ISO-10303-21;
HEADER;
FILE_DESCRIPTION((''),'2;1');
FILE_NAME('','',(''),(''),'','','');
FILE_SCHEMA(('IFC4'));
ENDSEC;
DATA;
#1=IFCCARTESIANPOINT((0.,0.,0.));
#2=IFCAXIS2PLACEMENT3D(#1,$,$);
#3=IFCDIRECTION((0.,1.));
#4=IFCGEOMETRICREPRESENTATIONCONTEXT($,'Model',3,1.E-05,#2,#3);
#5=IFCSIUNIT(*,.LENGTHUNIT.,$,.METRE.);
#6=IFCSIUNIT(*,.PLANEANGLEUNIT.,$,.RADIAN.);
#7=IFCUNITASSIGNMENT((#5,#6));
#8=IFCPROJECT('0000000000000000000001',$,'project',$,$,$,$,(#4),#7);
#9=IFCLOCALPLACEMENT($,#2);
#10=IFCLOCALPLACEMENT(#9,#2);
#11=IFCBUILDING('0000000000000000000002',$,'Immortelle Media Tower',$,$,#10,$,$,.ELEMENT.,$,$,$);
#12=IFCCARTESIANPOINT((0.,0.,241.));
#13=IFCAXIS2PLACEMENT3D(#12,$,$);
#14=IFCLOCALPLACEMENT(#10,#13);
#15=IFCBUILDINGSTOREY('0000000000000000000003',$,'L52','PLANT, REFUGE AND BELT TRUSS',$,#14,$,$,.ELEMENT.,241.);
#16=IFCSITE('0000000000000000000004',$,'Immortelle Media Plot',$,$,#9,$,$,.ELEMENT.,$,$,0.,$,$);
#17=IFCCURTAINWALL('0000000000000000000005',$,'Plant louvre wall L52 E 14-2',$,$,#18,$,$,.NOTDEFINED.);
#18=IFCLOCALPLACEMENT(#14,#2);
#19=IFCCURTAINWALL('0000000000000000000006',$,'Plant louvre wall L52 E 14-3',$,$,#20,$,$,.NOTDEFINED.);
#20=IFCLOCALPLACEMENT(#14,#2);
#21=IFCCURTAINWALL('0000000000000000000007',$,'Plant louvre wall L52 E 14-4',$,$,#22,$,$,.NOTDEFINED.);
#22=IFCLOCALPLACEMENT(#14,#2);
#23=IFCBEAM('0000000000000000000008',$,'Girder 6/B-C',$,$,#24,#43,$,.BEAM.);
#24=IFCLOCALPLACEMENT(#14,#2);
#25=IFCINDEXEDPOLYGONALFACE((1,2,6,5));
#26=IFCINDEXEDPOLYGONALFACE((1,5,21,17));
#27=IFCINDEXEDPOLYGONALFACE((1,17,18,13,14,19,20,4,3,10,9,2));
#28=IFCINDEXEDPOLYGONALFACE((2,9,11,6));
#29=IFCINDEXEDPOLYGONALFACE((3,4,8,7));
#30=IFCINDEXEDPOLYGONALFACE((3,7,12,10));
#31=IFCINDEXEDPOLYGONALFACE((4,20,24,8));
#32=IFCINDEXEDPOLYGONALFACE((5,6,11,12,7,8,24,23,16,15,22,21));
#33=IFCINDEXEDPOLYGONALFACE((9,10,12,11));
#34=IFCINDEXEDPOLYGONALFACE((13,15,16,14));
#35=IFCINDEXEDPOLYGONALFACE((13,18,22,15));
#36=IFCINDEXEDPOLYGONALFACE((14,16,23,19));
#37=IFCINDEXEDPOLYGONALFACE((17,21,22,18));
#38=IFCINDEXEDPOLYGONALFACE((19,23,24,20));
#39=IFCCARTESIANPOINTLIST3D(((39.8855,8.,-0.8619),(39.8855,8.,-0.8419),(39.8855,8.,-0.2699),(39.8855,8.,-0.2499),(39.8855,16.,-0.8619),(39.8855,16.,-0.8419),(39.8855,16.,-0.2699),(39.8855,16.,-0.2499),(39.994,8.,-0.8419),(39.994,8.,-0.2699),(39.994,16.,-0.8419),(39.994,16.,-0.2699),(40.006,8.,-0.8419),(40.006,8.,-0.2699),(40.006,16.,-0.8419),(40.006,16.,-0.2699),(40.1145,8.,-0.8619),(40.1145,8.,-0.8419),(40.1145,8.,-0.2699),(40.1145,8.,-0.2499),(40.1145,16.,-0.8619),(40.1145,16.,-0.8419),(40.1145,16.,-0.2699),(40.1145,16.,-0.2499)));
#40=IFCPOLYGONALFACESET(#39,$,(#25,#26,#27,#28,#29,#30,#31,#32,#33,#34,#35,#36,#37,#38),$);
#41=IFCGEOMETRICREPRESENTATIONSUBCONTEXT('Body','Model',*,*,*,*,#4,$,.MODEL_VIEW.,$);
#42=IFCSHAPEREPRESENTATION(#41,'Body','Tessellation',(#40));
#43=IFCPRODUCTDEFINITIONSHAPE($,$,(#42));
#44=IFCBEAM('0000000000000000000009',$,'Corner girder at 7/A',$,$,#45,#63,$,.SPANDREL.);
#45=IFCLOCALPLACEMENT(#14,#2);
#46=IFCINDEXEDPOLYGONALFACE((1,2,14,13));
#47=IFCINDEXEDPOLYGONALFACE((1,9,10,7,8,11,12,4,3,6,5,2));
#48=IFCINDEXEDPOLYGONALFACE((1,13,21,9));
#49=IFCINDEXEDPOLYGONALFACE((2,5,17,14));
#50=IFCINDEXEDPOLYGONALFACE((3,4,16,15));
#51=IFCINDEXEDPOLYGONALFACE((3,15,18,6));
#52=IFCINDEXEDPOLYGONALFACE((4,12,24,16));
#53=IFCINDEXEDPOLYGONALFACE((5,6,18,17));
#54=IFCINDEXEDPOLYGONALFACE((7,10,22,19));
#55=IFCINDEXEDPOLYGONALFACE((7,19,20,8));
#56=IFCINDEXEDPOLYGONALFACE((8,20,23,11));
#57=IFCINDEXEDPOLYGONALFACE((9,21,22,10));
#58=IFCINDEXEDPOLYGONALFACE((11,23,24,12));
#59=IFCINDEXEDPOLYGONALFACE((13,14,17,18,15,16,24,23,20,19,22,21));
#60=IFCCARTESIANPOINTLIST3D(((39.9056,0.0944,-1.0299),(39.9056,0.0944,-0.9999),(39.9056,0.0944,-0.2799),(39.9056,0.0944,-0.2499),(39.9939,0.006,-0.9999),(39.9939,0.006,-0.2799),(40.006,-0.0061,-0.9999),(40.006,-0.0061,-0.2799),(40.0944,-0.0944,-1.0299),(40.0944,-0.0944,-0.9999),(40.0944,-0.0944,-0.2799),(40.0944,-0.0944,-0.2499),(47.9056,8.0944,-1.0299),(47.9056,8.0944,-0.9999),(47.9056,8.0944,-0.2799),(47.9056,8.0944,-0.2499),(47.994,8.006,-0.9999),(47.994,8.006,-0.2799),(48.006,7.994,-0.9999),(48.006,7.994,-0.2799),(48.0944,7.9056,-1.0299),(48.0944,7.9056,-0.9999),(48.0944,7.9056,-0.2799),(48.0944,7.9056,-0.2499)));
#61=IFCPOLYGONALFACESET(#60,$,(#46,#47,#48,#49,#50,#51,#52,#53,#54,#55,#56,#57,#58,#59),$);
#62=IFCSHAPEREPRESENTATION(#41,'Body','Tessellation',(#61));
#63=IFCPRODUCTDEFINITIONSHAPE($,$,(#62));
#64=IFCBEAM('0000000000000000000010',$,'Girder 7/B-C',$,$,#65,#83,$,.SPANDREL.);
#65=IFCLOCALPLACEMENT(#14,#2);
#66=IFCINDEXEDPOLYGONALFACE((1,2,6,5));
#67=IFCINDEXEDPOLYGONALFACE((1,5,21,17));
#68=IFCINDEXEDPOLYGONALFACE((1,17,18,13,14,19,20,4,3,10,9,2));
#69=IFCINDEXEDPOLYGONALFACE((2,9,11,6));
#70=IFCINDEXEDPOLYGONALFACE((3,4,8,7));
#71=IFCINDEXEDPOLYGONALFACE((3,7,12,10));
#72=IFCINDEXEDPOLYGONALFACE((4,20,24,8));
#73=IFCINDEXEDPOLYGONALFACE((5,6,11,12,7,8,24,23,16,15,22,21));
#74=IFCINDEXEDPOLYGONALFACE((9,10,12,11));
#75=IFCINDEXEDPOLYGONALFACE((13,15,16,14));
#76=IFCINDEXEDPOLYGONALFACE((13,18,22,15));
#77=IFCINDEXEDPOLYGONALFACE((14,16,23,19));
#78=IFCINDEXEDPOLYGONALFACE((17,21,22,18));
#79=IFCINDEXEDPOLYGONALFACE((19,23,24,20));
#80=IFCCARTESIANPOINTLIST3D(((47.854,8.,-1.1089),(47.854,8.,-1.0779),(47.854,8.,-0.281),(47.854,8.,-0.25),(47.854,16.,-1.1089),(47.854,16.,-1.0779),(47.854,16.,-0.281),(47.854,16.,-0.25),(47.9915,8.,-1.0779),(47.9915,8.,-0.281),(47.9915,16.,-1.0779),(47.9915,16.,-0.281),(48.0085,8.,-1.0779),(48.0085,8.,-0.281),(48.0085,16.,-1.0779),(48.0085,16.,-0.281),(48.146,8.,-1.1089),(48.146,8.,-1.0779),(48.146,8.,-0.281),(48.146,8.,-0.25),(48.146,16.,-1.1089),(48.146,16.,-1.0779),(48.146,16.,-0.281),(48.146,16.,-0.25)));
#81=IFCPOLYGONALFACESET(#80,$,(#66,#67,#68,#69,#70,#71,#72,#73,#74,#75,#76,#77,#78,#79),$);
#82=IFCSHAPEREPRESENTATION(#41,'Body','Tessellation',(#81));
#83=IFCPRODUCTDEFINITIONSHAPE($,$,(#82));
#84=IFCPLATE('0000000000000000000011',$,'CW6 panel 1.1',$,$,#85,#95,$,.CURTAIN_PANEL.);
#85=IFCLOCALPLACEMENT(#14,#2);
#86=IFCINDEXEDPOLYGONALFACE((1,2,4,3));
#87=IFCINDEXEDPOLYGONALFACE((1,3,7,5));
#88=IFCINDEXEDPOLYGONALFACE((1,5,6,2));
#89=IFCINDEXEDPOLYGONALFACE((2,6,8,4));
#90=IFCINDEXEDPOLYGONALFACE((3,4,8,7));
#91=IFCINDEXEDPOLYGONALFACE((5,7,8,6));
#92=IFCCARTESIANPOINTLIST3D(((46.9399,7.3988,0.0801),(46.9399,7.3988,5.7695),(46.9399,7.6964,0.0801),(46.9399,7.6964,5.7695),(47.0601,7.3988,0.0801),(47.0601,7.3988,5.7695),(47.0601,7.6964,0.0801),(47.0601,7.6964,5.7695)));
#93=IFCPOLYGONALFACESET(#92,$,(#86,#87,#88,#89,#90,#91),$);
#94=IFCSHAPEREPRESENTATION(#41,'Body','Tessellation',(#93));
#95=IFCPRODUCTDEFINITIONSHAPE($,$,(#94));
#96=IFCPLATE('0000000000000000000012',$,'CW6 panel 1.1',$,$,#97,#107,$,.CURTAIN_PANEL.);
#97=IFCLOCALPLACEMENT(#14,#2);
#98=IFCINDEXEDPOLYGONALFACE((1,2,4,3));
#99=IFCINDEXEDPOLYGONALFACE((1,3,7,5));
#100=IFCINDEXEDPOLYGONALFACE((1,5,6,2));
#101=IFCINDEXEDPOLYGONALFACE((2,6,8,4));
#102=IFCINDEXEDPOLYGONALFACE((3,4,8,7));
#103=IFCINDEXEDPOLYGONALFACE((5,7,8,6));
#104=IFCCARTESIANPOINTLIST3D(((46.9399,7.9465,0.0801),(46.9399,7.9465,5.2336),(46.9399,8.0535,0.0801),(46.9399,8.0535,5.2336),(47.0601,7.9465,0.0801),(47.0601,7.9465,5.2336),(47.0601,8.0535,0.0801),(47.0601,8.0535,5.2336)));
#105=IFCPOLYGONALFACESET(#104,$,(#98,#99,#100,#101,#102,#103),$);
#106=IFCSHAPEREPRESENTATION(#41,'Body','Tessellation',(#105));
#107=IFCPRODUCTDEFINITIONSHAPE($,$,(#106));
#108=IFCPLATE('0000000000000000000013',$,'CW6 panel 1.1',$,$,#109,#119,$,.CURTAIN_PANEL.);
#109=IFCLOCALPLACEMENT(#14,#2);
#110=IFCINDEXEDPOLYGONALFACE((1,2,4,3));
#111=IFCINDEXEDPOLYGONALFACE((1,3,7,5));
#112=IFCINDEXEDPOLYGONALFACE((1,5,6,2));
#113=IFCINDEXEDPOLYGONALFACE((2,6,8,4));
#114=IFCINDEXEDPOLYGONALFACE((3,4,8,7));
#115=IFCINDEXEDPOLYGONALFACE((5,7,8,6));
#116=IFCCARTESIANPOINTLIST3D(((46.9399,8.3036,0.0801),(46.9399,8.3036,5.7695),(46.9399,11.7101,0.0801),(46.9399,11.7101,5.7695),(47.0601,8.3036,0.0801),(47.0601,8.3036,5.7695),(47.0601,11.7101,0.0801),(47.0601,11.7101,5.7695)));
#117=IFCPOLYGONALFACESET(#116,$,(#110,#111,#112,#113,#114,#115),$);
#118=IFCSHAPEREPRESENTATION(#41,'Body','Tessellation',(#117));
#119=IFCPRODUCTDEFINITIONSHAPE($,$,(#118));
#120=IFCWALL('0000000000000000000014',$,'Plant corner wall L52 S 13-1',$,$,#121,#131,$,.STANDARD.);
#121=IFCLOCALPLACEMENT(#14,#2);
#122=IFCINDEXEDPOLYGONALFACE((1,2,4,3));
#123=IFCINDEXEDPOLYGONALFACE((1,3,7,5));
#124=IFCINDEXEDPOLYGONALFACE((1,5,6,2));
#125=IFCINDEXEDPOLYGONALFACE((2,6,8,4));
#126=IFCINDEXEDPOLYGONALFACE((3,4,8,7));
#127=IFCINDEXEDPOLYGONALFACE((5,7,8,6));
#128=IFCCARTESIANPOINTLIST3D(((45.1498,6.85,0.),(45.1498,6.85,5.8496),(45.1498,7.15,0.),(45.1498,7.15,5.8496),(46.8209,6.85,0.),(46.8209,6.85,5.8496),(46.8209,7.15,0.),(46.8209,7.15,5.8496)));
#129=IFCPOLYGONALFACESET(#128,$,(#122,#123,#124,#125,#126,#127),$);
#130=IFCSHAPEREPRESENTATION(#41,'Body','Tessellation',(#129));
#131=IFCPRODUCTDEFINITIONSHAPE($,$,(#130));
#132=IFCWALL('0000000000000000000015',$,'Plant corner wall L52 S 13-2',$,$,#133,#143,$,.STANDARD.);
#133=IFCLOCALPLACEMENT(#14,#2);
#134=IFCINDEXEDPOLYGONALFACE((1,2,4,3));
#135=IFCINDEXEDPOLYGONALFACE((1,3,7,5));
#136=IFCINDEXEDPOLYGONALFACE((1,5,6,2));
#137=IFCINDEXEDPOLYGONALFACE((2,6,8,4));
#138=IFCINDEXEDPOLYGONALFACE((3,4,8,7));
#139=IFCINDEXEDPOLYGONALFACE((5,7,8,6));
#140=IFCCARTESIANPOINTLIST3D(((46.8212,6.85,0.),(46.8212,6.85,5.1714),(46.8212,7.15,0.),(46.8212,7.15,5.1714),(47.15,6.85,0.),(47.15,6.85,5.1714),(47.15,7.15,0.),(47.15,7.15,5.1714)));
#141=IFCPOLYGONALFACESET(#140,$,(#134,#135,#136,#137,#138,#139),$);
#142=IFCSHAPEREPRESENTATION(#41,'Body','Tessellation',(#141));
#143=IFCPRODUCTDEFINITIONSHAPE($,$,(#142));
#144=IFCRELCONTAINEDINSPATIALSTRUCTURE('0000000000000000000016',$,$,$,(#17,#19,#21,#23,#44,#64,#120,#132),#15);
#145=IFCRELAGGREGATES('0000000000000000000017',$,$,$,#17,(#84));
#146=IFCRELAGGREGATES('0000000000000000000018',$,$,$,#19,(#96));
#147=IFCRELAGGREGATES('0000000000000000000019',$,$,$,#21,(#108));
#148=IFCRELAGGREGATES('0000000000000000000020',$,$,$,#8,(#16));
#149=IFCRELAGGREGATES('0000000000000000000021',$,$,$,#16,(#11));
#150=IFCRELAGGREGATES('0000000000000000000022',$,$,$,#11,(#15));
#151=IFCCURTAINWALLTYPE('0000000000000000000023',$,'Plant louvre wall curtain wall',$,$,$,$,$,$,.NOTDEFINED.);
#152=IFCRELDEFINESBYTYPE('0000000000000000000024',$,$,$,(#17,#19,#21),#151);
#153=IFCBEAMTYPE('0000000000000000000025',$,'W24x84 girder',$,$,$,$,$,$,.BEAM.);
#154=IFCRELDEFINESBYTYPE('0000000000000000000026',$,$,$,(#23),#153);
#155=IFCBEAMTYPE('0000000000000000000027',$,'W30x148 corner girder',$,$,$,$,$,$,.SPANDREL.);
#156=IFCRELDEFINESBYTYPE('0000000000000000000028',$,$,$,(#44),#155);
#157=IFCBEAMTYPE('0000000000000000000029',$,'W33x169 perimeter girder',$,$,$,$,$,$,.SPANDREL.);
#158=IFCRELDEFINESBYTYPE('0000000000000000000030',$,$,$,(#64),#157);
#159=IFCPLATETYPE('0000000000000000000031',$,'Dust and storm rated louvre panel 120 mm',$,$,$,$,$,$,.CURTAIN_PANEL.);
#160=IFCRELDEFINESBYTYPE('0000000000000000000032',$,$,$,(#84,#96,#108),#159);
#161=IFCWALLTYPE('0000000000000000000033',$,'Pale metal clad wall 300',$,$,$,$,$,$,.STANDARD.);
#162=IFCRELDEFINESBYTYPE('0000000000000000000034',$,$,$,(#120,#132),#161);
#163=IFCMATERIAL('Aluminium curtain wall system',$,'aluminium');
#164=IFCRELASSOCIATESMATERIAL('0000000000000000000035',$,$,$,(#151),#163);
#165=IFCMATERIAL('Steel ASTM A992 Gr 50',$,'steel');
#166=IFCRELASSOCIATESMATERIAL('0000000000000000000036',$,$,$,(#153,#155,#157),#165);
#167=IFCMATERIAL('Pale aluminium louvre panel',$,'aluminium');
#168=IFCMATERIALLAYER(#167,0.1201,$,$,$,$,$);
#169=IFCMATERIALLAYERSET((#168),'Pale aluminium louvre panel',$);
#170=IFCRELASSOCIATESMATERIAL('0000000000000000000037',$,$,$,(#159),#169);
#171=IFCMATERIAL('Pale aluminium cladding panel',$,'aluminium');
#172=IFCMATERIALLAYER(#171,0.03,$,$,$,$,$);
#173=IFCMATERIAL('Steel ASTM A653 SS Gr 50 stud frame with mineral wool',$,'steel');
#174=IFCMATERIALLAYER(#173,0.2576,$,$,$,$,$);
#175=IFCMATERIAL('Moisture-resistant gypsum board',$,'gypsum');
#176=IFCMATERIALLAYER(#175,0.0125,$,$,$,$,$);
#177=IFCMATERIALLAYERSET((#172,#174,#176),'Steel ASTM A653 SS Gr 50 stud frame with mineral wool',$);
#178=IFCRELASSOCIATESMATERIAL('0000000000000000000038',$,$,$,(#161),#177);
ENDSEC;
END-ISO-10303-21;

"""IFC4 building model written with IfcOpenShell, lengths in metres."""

from ifc_helpers import new_model, si_unit, direction, frame, frame_2d, origin, origin_2d, place, context, subcontext, project, spatial, rectangle, i_section, extrude, material, layer, layer_set, material_profile, profile_set, type_object, element, aggregate, save


model = new_model("IFC4")

# Units and contexts
model_context = context("Model", 3, precision=1e-05, world=origin(), true_north=direction((0.0, 1.0)))
body_context = subcontext(model_context, "Body", "Model", "MODEL_VIEW")
ifc_project = project(units=[si_unit("LENGTHUNIT", "METRE"), si_unit("PLANEANGLEUNIT", "RADIAN")], contexts=[model_context])

# Site, building, storey
site_placement = place(None, origin())
site = spatial("IfcSite", under=ifc_project, at=site_placement, Name="Immortelle Media Plot", CompositionType="ELEMENT", RefElevation=0.0)
building_placement = place(site_placement, origin())
building = spatial("IfcBuilding", under=site, at=building_placement, Name="Immortelle Media Tower", CompositionType="ELEMENT")
storey_placement = place(building_placement, frame((0.0, 0.0, 241.0)))
storey = spatial("IfcBuildingStorey", under=building, at=storey_placement, Name="L52", Description="PLANT, REFUGE AND BELT TRUSS", CompositionType="ELEMENT", Elevation=241.0)

# Shared definitions
ifc_material_1 = material(Name="Steel ASTM A992 Gr 50", Category="steel")

# Curtain walls
ifc_material_2 = material(Name="Aluminium curtain wall system", Category="aluminium")
curtain_wall_type = type_object("IfcCurtainWallType", Name="Plant louvre wall curtain wall", PredefinedType="NOTDEFINED", material=ifc_material_2)
curtain_wall_1_placement = place(storey_placement, origin())
curtain_wall_1 = element("IfcCurtainWall", 1, at=curtain_wall_1_placement, inside=storey, type_object=curtain_wall_type, Name="Plant louvre wall L52 E 14-2", PredefinedType="NOTDEFINED")
curtain_wall_2_placement = place(storey_placement, origin())
curtain_wall_2 = element("IfcCurtainWall", 2, at=curtain_wall_2_placement, inside=storey, type_object=curtain_wall_type, Name="Plant louvre wall L52 E 14-3", PredefinedType="NOTDEFINED")
curtain_wall_3_placement = place(storey_placement, origin())
curtain_wall_3 = element("IfcCurtainWall", 3, at=curtain_wall_3_placement, inside=storey, type_object=curtain_wall_type, Name="Plant louvre wall L52 E 14-4", PredefinedType="NOTDEFINED")

# Beams
ifc_material_profile_1 = material_profile(ifc_material_1, i_section(OverallWidth=0.229, OverallDepth=0.6121, WebThickness=0.012, FlangeThickness=0.02, at=origin_2d()), Name="W24x84")
ifc_profile_set_1 = profile_set([ifc_material_profile_1], Name="Steel ASTM A992 Gr 50")
beam_type_1 = type_object("IfcBeamType", Name="W24x84 girder", PredefinedType="BEAM", material=ifc_profile_set_1)
for number, where, z_axis, x_axis, name in (
    (4, (40.0, 8.0, -0.5559), (0.0, 1.0, 0.0), (-1.0, 0.0, 0.0), "Girder 6/B-C"),
):
    element("IfcBeam", number, at=place(storey_placement, frame(where, z_axis=z_axis, x_axis=x_axis)), inside=storey, type_object=beam_type_1, Name=name, PredefinedType="BEAM", context=body_context, shape_type="SweptSolid", body=[
        extrude(i_section(OverallWidth=0.229, OverallDepth=0.6121, WebThickness=0.012, FlangeThickness=0.02, at=origin_2d()), origin(), (0.0, 0.0, 1.0), 8.0),
    ])
ifc_material_profile_2 = material_profile(ifc_material_1, i_section(OverallWidth=0.2671, OverallDepth=0.78, WebThickness=0.0171, FlangeThickness=0.03, at=origin_2d()), Name="W30x148")
ifc_profile_set_2 = profile_set([ifc_material_profile_2], Name="Steel ASTM A992 Gr 50")
beam_type_2 = type_object("IfcBeamType", Name="W30x148 corner girder", PredefinedType="SPANDREL", material=ifc_profile_set_2)
beam_1_placement = place(storey_placement, frame((48.0, 8.0, -0.6399), z_axis=(-0.707107, -0.707107, 0.0), x_axis=(0.707107, -0.707107, 0.0)))
element("IfcBeam", 5, at=beam_1_placement, inside=storey, type_object=beam_type_2, Name="Corner girder at 7/A", PredefinedType="SPANDREL", context=body_context, shape_type="SweptSolid", body=[
    extrude(i_section(OverallWidth=0.2671, OverallDepth=0.78, WebThickness=0.0171, FlangeThickness=0.03, at=origin_2d()), origin(), (0.0, 0.0, 1.0), 11.3137),
])
ifc_material_profile_3 = material_profile(ifc_material_1, i_section(OverallWidth=0.292, OverallDepth=0.8589, WebThickness=0.0171, FlangeThickness=0.031, at=origin_2d()), Name="W33x169")
ifc_profile_set_3 = profile_set([ifc_material_profile_3], Name="Steel ASTM A992 Gr 50")
beam_type_3 = type_object("IfcBeamType", Name="W33x169 perimeter girder", PredefinedType="SPANDREL", material=ifc_profile_set_3)
beam_2_placement = place(storey_placement, frame((48.0, 8.0, -0.6794), z_axis=(0.0, 1.0, 0.0), x_axis=(-1.0, 0.0, 0.0)))
element("IfcBeam", 6, at=beam_2_placement, inside=storey, type_object=beam_type_3, Name="Girder 7/B-C", PredefinedType="SPANDREL", context=body_context, shape_type="SweptSolid", body=[
    extrude(i_section(OverallWidth=0.292, OverallDepth=0.8589, WebThickness=0.0171, FlangeThickness=0.031, at=origin_2d()), origin(), (0.0, 0.0, 1.0), 8.0),
])

# Plates
ifc_material_3 = material(Name="Pale aluminium louvre panel", Category="aluminium")
ifc_layer_1 = layer(ifc_material_3, 0.1201)
ifc_layer_set_1 = layer_set([ifc_layer_1], Name="Pale aluminium louvre panel")
plate_type = type_object("IfcPlateType", Name="Dust and storm rated louvre panel 120 mm", PredefinedType="CURTAIN_PANEL", material=ifc_layer_set_1)
plate_1_placement = place(storey_placement, frame((47.0, 7.5476, 0.0801), z_axis=(0.0, 0.0, 1.0), x_axis=(0.0, 1.0, 0.0)))
plate_1 = element("IfcPlate", 7, at=plate_1_placement, type_object=plate_type, Name="CW6 panel 1.1", PredefinedType="CURTAIN_PANEL", context=body_context, shape_type="SweptSolid", body=[
    extrude(rectangle(XDim=0.2976, YDim=0.1201, at=origin_2d()), origin(), (0.0, 0.0, 1.0), 5.6895),
])
aggregate(curtain_wall_1, [plate_1])
plate_2_placement = place(storey_placement, frame((47.0, 8.0, 0.0801), z_axis=(0.0, 0.0, 1.0), x_axis=(0.0, 1.0, 0.0)))
plate_2 = element("IfcPlate", 8, at=plate_2_placement, type_object=plate_type, Name="CW6 panel 1.1", PredefinedType="CURTAIN_PANEL", context=body_context, shape_type="SweptSolid", body=[
    extrude(rectangle(XDim=0.1069, YDim=0.1201, at=origin_2d()), origin(), (0.0, 0.0, 1.0), 5.1536),
])
aggregate(curtain_wall_2, [plate_2])
plate_3_placement = place(storey_placement, frame((47.0, 10.0068, 0.0801), z_axis=(0.0, 0.0, 1.0), x_axis=(0.0, 1.0, 0.0)))
plate_3 = element("IfcPlate", 9, at=plate_3_placement, type_object=plate_type, Name="CW6 panel 1.1", PredefinedType="CURTAIN_PANEL", context=body_context, shape_type="SweptSolid", body=[
    extrude(rectangle(XDim=3.4065, YDim=0.1201, at=origin_2d()), origin(), (0.0, 0.0, 1.0), 5.6895),
])
aggregate(curtain_wall_3, [plate_3])

# Walls
ifc_material_4 = material(Name="Pale aluminium cladding panel", Category="aluminium")
ifc_layer_2 = layer(ifc_material_4, 0.03)
ifc_material_5 = material(Name="Steel ASTM A653 SS Gr 50 stud frame with mineral wool", Category="steel")
ifc_layer_3 = layer(ifc_material_5, 0.2576)
ifc_material_6 = material(Name="Moisture-resistant gypsum board", Category="gypsum")
ifc_layer_4 = layer(ifc_material_6, 0.0125)
ifc_layer_set_2 = layer_set([ifc_layer_2, ifc_layer_3, ifc_layer_4], Name="Steel ASTM A653 SS Gr 50 stud frame with mineral wool")
wall_type = type_object("IfcWallType", Name="Pale metal clad wall 300", PredefinedType="STANDARD", material=ifc_layer_set_2)
wall_1_placement = place(storey_placement, frame((45.1499, 7.0, 0.0), z_axis=(0.0, 0.0, 1.0), x_axis=(1.0, 0.0, 0.0)))
element("IfcWall", 10, at=wall_1_placement, inside=storey, type_object=wall_type, Name="Plant corner wall L52 S 13-1", PredefinedType="STANDARD", context=body_context, shape_type="SweptSolid", body=[
    extrude(rectangle(XDim=1.6711, YDim=0.3, at=frame_2d((0.8354, 0.0))), origin(), (0.0, 0.0, 1.0), 5.8496),
])
wall_2_placement = place(storey_placement, frame((46.821, 7.0, 0.0), z_axis=(0.0, 0.0, 1.0), x_axis=(1.0, 0.0, 0.0)))
element("IfcWall", 11, at=wall_2_placement, inside=storey, type_object=wall_type, Name="Plant corner wall L52 S 13-2", PredefinedType="STANDARD", context=body_context, shape_type="SweptSolid", body=[
    extrude(rectangle(XDim=0.3289, YDim=0.3, at=frame_2d((0.1646, 0.0))), origin(), (0.0, 0.0, 1.0), 5.1714),
])

save(model, "model.ifc")
